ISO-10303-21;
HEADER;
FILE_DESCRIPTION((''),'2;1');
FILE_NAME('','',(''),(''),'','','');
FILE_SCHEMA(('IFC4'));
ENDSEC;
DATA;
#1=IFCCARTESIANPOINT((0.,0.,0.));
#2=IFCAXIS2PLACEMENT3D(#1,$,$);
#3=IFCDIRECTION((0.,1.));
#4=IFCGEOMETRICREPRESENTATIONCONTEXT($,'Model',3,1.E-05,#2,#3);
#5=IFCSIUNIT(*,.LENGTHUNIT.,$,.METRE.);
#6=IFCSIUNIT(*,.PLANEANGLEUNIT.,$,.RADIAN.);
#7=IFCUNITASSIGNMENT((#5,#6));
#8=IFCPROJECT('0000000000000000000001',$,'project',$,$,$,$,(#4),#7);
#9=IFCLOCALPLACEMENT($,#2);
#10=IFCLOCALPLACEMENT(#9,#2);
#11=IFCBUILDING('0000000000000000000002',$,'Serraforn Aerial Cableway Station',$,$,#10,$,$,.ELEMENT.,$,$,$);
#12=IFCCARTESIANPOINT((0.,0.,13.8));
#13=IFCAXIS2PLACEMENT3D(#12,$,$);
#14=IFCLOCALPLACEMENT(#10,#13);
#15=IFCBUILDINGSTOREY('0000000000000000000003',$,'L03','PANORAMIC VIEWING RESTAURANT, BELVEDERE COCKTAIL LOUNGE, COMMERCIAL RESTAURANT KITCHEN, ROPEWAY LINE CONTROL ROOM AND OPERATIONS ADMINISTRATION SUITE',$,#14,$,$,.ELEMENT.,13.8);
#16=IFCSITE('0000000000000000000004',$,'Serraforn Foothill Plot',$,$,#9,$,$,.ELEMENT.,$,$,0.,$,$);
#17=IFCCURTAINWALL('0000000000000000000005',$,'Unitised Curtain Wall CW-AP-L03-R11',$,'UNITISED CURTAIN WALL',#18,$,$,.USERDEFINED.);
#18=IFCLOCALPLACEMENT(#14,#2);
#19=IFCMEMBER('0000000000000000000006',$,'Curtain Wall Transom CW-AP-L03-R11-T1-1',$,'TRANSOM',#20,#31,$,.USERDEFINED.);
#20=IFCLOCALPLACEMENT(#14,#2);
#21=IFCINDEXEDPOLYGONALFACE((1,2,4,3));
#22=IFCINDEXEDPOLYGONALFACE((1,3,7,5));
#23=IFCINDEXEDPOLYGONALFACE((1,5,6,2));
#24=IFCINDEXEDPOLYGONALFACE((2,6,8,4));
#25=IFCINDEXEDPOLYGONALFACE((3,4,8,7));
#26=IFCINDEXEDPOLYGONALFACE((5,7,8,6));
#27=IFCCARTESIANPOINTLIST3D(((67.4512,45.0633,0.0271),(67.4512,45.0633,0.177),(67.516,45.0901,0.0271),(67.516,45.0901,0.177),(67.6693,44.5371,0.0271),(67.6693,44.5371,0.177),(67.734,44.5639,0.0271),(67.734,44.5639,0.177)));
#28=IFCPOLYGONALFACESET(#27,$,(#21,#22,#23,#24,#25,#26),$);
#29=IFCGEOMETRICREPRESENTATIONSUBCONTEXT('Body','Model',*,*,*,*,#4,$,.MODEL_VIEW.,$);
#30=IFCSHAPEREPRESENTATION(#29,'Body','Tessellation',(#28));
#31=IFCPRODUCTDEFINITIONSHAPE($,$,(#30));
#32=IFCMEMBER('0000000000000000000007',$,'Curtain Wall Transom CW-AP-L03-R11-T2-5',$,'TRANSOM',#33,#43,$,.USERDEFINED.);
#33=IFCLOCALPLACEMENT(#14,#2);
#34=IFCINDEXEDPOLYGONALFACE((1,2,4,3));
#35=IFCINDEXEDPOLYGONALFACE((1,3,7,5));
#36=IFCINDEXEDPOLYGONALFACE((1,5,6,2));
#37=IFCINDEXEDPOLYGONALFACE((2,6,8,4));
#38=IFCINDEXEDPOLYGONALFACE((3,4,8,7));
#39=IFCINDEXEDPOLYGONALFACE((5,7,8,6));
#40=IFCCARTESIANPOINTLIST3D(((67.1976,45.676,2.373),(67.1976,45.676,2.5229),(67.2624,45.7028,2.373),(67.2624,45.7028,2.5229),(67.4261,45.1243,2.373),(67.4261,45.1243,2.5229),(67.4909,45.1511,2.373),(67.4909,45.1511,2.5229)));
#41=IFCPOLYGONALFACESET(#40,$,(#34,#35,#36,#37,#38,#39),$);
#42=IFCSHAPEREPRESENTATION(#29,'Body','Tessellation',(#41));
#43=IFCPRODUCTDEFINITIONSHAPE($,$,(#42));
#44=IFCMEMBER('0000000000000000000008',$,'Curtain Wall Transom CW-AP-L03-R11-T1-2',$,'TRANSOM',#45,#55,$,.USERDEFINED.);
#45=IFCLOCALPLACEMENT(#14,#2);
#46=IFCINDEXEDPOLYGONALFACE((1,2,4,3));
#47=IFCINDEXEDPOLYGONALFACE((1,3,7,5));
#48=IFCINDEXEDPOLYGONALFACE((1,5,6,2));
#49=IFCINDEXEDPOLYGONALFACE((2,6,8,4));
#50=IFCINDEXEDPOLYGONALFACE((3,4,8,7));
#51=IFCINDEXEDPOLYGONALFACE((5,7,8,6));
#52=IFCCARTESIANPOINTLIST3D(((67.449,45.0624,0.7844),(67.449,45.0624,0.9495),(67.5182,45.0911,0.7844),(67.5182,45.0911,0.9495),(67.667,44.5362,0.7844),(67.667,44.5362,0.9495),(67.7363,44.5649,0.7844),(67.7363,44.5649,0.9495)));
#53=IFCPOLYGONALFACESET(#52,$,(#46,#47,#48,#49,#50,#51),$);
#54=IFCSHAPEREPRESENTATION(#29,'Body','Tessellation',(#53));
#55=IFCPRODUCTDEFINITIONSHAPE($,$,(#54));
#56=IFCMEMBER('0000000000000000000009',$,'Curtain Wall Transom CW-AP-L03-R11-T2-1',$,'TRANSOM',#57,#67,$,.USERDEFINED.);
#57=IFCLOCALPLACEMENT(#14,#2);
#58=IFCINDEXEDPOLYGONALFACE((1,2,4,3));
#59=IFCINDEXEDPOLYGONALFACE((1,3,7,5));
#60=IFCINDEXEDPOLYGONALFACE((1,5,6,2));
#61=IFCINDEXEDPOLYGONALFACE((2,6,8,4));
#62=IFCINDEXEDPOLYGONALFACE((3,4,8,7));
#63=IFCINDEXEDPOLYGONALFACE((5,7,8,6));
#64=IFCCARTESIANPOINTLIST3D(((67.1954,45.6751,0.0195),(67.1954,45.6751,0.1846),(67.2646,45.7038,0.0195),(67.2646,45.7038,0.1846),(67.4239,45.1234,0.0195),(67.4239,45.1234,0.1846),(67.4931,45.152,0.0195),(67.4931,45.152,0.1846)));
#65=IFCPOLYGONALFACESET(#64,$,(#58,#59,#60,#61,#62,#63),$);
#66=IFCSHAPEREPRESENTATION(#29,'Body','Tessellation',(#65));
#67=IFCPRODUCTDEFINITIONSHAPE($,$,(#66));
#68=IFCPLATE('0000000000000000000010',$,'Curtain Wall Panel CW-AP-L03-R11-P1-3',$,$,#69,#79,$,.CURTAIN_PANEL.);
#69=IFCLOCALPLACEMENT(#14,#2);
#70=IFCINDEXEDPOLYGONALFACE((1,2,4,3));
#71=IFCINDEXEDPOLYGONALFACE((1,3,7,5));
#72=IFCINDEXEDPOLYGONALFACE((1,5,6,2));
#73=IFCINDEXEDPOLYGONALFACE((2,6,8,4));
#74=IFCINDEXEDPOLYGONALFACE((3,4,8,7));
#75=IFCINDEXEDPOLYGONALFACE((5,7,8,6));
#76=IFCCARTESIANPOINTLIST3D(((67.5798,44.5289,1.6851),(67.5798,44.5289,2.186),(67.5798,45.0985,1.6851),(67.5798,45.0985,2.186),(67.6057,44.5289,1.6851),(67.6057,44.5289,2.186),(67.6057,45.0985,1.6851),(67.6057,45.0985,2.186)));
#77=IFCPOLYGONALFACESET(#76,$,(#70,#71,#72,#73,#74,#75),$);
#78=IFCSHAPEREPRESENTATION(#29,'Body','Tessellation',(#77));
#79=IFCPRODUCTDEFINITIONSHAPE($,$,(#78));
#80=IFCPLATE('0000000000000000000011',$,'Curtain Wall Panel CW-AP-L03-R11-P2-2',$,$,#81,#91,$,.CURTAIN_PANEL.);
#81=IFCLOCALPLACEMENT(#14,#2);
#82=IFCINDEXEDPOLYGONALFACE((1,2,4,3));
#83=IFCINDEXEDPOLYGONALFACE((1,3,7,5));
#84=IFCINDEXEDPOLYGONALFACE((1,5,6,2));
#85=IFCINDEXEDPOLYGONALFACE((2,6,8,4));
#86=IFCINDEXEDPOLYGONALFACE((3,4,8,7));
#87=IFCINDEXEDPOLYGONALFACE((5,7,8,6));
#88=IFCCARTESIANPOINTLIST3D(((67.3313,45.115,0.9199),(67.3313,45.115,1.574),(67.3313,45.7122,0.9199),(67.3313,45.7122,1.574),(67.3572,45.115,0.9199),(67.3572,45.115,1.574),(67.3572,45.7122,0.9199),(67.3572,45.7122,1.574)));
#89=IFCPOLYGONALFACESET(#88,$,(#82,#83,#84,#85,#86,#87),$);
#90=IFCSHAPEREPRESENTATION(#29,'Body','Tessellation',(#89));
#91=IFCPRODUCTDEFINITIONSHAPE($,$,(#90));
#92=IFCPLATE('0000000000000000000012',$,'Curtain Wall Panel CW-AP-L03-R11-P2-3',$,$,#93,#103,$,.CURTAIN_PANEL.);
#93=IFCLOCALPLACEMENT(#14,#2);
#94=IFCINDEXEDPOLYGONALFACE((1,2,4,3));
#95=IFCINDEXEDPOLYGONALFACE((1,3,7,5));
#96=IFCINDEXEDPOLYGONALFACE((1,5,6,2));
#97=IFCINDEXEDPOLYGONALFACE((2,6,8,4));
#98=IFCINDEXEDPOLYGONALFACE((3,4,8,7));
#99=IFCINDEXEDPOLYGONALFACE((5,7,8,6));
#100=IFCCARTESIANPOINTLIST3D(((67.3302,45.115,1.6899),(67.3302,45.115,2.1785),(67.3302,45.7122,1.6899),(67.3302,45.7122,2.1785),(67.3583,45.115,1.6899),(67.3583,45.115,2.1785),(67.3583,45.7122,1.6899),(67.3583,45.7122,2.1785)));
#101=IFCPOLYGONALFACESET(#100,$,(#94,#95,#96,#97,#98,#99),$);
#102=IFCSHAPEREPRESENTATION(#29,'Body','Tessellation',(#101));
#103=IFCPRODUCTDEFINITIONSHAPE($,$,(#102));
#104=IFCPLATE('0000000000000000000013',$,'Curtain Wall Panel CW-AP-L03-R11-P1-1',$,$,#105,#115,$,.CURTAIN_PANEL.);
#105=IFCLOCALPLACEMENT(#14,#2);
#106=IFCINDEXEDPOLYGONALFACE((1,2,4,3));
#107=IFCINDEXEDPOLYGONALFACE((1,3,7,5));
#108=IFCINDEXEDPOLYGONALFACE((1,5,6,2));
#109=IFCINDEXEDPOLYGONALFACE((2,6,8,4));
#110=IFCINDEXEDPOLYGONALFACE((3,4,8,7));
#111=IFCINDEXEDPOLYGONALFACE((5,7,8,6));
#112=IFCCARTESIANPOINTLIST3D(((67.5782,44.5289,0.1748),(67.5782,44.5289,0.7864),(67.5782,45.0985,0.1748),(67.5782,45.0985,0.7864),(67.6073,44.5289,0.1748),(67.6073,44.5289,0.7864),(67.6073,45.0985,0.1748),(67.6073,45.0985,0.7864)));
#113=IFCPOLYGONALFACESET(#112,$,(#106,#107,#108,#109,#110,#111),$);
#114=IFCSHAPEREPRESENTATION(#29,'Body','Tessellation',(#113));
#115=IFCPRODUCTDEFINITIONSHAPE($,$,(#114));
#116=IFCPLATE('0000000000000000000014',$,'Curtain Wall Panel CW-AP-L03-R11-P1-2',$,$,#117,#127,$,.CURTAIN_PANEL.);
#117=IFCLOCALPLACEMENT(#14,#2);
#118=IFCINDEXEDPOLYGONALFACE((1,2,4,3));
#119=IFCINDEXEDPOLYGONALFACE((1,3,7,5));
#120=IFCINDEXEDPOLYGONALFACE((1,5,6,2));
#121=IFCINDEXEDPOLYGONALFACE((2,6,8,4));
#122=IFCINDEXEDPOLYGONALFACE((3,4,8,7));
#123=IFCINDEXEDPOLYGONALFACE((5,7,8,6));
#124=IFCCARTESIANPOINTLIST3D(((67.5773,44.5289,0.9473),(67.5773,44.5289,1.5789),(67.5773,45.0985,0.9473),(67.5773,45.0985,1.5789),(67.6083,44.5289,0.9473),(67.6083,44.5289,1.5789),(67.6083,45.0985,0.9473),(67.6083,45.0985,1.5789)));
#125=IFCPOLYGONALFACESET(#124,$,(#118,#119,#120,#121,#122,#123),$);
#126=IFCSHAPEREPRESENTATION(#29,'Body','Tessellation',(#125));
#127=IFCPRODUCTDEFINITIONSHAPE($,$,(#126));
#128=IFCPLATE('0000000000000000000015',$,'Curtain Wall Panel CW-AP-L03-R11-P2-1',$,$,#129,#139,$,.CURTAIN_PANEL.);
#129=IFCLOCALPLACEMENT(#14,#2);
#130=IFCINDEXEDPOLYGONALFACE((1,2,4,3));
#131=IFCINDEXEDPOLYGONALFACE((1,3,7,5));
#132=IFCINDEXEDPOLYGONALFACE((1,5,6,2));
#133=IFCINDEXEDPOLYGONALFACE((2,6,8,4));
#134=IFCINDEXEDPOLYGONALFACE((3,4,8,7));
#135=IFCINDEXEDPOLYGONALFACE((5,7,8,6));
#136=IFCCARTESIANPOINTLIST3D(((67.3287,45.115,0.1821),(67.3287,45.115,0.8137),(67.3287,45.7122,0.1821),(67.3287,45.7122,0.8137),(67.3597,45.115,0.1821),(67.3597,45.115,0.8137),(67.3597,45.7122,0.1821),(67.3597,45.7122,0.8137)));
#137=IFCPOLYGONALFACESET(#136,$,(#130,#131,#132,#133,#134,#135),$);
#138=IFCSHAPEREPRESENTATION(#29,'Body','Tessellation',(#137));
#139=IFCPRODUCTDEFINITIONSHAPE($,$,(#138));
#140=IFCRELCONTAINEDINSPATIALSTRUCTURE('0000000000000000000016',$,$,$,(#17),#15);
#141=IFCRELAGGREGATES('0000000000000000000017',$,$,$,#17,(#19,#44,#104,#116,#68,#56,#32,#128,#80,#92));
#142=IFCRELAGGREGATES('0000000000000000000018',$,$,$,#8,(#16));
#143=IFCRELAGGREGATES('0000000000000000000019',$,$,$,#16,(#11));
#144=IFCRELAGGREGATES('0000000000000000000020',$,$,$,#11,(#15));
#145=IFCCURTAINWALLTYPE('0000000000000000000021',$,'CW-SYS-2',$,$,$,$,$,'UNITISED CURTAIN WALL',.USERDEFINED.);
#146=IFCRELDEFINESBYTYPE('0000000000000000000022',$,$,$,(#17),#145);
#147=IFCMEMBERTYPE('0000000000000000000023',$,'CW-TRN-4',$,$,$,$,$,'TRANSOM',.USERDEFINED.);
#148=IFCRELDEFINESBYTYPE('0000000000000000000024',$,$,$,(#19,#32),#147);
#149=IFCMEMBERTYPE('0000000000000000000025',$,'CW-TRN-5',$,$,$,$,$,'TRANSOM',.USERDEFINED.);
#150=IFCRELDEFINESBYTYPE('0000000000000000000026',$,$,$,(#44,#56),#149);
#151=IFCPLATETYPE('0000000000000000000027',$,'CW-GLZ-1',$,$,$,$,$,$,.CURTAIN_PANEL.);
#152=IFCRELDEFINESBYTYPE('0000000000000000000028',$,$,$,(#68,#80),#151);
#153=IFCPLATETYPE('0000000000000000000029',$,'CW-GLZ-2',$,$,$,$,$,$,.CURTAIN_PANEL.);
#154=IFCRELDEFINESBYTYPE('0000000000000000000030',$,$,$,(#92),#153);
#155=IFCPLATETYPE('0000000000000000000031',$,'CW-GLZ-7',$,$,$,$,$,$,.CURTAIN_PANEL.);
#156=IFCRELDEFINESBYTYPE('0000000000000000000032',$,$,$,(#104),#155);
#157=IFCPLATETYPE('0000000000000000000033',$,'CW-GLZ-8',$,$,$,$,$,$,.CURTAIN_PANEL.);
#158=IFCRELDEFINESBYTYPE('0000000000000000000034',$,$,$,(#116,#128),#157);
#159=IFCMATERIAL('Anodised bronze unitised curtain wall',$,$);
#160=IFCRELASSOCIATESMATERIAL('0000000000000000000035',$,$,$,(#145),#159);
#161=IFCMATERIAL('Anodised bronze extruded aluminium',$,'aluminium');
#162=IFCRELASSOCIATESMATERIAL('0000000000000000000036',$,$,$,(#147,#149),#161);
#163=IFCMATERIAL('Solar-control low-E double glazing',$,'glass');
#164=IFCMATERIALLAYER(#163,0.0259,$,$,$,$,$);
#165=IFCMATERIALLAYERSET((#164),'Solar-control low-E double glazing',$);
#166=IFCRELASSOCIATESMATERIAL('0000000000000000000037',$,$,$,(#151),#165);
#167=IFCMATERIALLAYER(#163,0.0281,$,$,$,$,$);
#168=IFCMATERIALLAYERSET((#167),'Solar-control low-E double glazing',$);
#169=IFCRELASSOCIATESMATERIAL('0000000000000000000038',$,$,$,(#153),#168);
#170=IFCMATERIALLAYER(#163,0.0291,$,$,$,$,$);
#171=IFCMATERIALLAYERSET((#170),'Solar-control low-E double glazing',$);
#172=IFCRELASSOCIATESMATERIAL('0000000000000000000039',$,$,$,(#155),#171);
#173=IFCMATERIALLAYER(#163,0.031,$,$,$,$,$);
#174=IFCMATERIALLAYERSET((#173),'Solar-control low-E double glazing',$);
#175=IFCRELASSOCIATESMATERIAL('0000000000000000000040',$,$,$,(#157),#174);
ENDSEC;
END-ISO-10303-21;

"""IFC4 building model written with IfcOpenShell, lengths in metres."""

from ifc_helpers import new_model, si_unit, direction, frame, origin, origin_2d, place, context, subcontext, project, spatial, rectangle, extrude, material, layer, layer_set, material_profile, profile_set, type_object, element, aggregate, save


model = new_model("IFC4")

# Units and contexts
model_context = context("Model", 3, precision=1e-05, world=origin(), true_north=direction((0.0, 1.0)))
body_context = subcontext(model_context, "Body", "Model", "MODEL_VIEW")
ifc_project = project(units=[si_unit("LENGTHUNIT", "METRE"), si_unit("PLANEANGLEUNIT", "RADIAN")], contexts=[model_context])

# Site, building, storey
site_placement = place(None, origin())
site = spatial("IfcSite", under=ifc_project, at=site_placement, Name="Serraforn Foothill Plot", CompositionType="ELEMENT", RefElevation=0.0)
building_placement = place(site_placement, origin())
building = spatial("IfcBuilding", under=site, at=building_placement, Name="Serraforn Aerial Cableway Station", CompositionType="ELEMENT")
storey_placement = place(building_placement, frame((0.0, 0.0, 13.8)))
storey = spatial("IfcBuildingStorey", under=building, at=storey_placement, Name="L03", Description="PANORAMIC VIEWING RESTAURANT, BELVEDERE COCKTAIL LOUNGE, COMMERCIAL RESTAURANT KITCHEN, ROPEWAY LINE CONTROL ROOM AND OPERATIONS ADMINISTRATION SUITE", CompositionType="ELEMENT", Elevation=13.8)

# Curtain wall, members, plates
ifc_material_1 = material(Name="Anodised bronze unitised curtain wall")
curtain_wall_type = type_object("IfcCurtainWallType", Name="CW-SYS-2", ElementType="UNITISED CURTAIN WALL", PredefinedType="USERDEFINED", material=ifc_material_1)
curtain_wall_placement = place(storey_placement, origin())
curtain_wall = element("IfcCurtainWall", 1, at=curtain_wall_placement, inside=storey, type_object=curtain_wall_type, Name="Unitised Curtain Wall CW-AP-L03-R11", ObjectType="UNITISED CURTAIN WALL", PredefinedType="USERDEFINED")
ifc_material_2 = material(Name="Anodised bronze extruded aluminium", Category="aluminium")
ifc_material_profile_1 = material_profile(ifc_material_2, rectangle(XDim=0.0701, YDim=0.1499, at=origin_2d()), Name="CW TRANSOM 70x150")
ifc_profile_set_1 = profile_set([ifc_material_profile_1], Name="Anodised bronze extruded aluminium")
member_type_1 = type_object("IfcMemberType", Name="CW-TRN-4", ElementType="TRANSOM", PredefinedType="USERDEFINED", material=ifc_profile_set_1)
member_1_placement = place(storey_placement, frame((67.7017, 44.5505, 0.1021), z_axis=(-0.382819, 0.923823, 0.0), x_axis=(-0.923823, -0.382819, 0.0)))
member_1 = element("IfcMember", 2, at=member_1_placement, type_object=member_type_1, Name="Curtain Wall Transom CW-AP-L03-R11-T1-1", ObjectType="TRANSOM", PredefinedType="USERDEFINED", context=body_context, shape_type="SweptSolid", body=[
    extrude(rectangle(XDim=0.0701, YDim=0.1499, at=origin_2d()), origin(), (0.0, 0.0, 1.0), 0.5696),
])
member_2_placement = place(storey_placement, frame((67.4585, 45.1377, 2.448), z_axis=(-0.382641, 0.923897, 0.0), x_axis=(-0.923897, -0.382641, 0.0)))
member_2 = element("IfcMember", 3, at=member_2_placement, type_object=member_type_1, Name="Curtain Wall Transom CW-AP-L03-R11-T2-5", ObjectType="TRANSOM", PredefinedType="USERDEFINED", context=body_context, shape_type="SweptSolid", body=[
    extrude(rectangle(XDim=0.0701, YDim=0.1499, at=origin_2d()), origin(), (0.0, 0.0, 1.0), 0.5972),
])
ifc_material_profile_2 = material_profile(ifc_material_2, rectangle(XDim=0.075, YDim=0.165, at=origin_2d()), Name="CW TRANSOM 75x165")
ifc_profile_set_2 = profile_set([ifc_material_profile_2], Name="Anodised bronze extruded aluminium")
member_type_2 = type_object("IfcMemberType", Name="CW-TRN-5", ElementType="TRANSOM", PredefinedType="USERDEFINED", material=ifc_profile_set_2)
member_3_placement = place(storey_placement, frame((67.7017, 44.5505, 0.8669), z_axis=(-0.382819, 0.923823, 0.0), x_axis=(-0.923823, -0.382819, 0.0)))
member_3 = element("IfcMember", 4, at=member_3_placement, type_object=member_type_2, Name="Curtain Wall Transom CW-AP-L03-R11-T1-2", ObjectType="TRANSOM", PredefinedType="USERDEFINED", context=body_context, shape_type="SweptSolid", body=[
    extrude(rectangle(XDim=0.075, YDim=0.165, at=origin_2d()), origin(), (0.0, 0.0, 1.0), 0.5696),
])
member_4_placement = place(storey_placement, frame((67.4585, 45.1377, 0.1021), z_axis=(-0.382641, 0.923897, 0.0), x_axis=(-0.923897, -0.382641, 0.0)))
member_4 = element("IfcMember", 5, at=member_4_placement, type_object=member_type_2, Name="Curtain Wall Transom CW-AP-L03-R11-T2-1", ObjectType="TRANSOM", PredefinedType="USERDEFINED", context=body_context, shape_type="SweptSolid", body=[
    extrude(rectangle(XDim=0.075, YDim=0.165, at=origin_2d()), origin(), (0.0, 0.0, 1.0), 0.5972),
])
ifc_material_3 = material(Name="Solar-control low-E double glazing", Category="glass")
ifc_layer_1 = layer(ifc_material_3, 0.0259)
ifc_layer_set_1 = layer_set([ifc_layer_1], Name="Solar-control low-E double glazing")
plate_type_1 = type_object("IfcPlateType", Name="CW-GLZ-1", PredefinedType="CURTAIN_PANEL", material=ifc_layer_set_1)
plate_1_placement = place(storey_placement, frame((67.5928, 44.8137, 1.6851), z_axis=(0.0, 0.0, 1.0), x_axis=(1.0, 0.0, 0.0)))
plate_1 = element("IfcPlate", 6, at=plate_1_placement, type_object=plate_type_1, Name="Curtain Wall Panel CW-AP-L03-R11-P1-3", PredefinedType="CURTAIN_PANEL", context=body_context, shape_type="SweptSolid", body=[
    extrude(rectangle(XDim=0.0259, YDim=0.5696, at=origin_2d()), origin(), (0.0, 0.0, 1.0), 0.501),
])
plate_2_placement = place(storey_placement, frame((67.3442, 45.4136, 0.9199), z_axis=(0.0, 0.0, 1.0), x_axis=(1.0, 0.0, 0.0)))
plate_2 = element("IfcPlate", 7, at=plate_2_placement, type_object=plate_type_1, Name="Curtain Wall Panel CW-AP-L03-R11-P2-2", PredefinedType="CURTAIN_PANEL", context=body_context, shape_type="SweptSolid", body=[
    extrude(rectangle(XDim=0.0259, YDim=0.5972, at=origin_2d()), origin(), (0.0, 0.0, 1.0), 0.6541),
])
ifc_layer_2 = layer(ifc_material_3, 0.0281)
ifc_layer_set_2 = layer_set([ifc_layer_2], Name="Solar-control low-E double glazing")
plate_type_2 = type_object("IfcPlateType", Name="CW-GLZ-2", PredefinedType="CURTAIN_PANEL", material=ifc_layer_set_2)
plate_3_placement = place(storey_placement, frame((67.3442, 45.4136, 1.6899), z_axis=(0.0, 0.0, 1.0), x_axis=(1.0, 0.0, 0.0)))
plate_3 = element("IfcPlate", 8, at=plate_3_placement, type_object=plate_type_2, Name="Curtain Wall Panel CW-AP-L03-R11-P2-3", PredefinedType="CURTAIN_PANEL", context=body_context, shape_type="SweptSolid", body=[
    extrude(rectangle(XDim=0.0281, YDim=0.5972, at=origin_2d()), origin(), (0.0, 0.0, 1.0), 0.4885),
])
ifc_layer_3 = layer(ifc_material_3, 0.0291)
ifc_layer_set_3 = layer_set([ifc_layer_3], Name="Solar-control low-E double glazing")
plate_type_3 = type_object("IfcPlateType", Name="CW-GLZ-7", PredefinedType="CURTAIN_PANEL", material=ifc_layer_set_3)
plate_4_placement = place(storey_placement, frame((67.5928, 44.8137, 0.1748), z_axis=(0.0, 0.0, 1.0), x_axis=(1.0, 0.0, 0.0)))
plate_4 = element("IfcPlate", 9, at=plate_4_placement, type_object=plate_type_3, Name="Curtain Wall Panel CW-AP-L03-R11-P1-1", PredefinedType="CURTAIN_PANEL", context=body_context, shape_type="SweptSolid", body=[
    extrude(rectangle(XDim=0.0291, YDim=0.5696, at=origin_2d()), origin(), (0.0, 0.0, 1.0), 0.6116),
])
ifc_layer_4 = layer(ifc_material_3, 0.031)
ifc_layer_set_4 = layer_set([ifc_layer_4], Name="Solar-control low-E double glazing")
plate_type_4 = type_object("IfcPlateType", Name="CW-GLZ-8", PredefinedType="CURTAIN_PANEL", material=ifc_layer_set_4)
plate_5_placement = place(storey_placement, frame((67.5928, 44.8137, 0.9473), z_axis=(0.0, 0.0, 1.0), x_axis=(1.0, 0.0, 0.0)))
plate_5 = element("IfcPlate", 10, at=plate_5_placement, type_object=plate_type_4, Name="Curtain Wall Panel CW-AP-L03-R11-P1-2", PredefinedType="CURTAIN_PANEL", context=body_context, shape_type="SweptSolid", body=[
    extrude(rectangle(XDim=0.031, YDim=0.5696, at=origin_2d()), origin(), (0.0, 0.0, 1.0), 0.6316),
])
plate_6_placement = place(storey_placement, frame((67.3442, 45.4136, 0.1821), z_axis=(0.0, 0.0, 1.0), x_axis=(1.0, 0.0, 0.0)))
plate_6 = element("IfcPlate", 11, at=plate_6_placement, type_object=plate_type_4, Name="Curtain Wall Panel CW-AP-L03-R11-P2-1", PredefinedType="CURTAIN_PANEL", context=body_context, shape_type="SweptSolid", body=[
    extrude(rectangle(XDim=0.031, YDim=0.5972, at=origin_2d()), origin(), (0.0, 0.0, 1.0), 0.6316),
])
aggregate(curtain_wall, [member_1, member_3, plate_4, plate_5, plate_1, member_4, member_2, plate_6, plate_2, plate_3])

save(model, "model.ifc")
